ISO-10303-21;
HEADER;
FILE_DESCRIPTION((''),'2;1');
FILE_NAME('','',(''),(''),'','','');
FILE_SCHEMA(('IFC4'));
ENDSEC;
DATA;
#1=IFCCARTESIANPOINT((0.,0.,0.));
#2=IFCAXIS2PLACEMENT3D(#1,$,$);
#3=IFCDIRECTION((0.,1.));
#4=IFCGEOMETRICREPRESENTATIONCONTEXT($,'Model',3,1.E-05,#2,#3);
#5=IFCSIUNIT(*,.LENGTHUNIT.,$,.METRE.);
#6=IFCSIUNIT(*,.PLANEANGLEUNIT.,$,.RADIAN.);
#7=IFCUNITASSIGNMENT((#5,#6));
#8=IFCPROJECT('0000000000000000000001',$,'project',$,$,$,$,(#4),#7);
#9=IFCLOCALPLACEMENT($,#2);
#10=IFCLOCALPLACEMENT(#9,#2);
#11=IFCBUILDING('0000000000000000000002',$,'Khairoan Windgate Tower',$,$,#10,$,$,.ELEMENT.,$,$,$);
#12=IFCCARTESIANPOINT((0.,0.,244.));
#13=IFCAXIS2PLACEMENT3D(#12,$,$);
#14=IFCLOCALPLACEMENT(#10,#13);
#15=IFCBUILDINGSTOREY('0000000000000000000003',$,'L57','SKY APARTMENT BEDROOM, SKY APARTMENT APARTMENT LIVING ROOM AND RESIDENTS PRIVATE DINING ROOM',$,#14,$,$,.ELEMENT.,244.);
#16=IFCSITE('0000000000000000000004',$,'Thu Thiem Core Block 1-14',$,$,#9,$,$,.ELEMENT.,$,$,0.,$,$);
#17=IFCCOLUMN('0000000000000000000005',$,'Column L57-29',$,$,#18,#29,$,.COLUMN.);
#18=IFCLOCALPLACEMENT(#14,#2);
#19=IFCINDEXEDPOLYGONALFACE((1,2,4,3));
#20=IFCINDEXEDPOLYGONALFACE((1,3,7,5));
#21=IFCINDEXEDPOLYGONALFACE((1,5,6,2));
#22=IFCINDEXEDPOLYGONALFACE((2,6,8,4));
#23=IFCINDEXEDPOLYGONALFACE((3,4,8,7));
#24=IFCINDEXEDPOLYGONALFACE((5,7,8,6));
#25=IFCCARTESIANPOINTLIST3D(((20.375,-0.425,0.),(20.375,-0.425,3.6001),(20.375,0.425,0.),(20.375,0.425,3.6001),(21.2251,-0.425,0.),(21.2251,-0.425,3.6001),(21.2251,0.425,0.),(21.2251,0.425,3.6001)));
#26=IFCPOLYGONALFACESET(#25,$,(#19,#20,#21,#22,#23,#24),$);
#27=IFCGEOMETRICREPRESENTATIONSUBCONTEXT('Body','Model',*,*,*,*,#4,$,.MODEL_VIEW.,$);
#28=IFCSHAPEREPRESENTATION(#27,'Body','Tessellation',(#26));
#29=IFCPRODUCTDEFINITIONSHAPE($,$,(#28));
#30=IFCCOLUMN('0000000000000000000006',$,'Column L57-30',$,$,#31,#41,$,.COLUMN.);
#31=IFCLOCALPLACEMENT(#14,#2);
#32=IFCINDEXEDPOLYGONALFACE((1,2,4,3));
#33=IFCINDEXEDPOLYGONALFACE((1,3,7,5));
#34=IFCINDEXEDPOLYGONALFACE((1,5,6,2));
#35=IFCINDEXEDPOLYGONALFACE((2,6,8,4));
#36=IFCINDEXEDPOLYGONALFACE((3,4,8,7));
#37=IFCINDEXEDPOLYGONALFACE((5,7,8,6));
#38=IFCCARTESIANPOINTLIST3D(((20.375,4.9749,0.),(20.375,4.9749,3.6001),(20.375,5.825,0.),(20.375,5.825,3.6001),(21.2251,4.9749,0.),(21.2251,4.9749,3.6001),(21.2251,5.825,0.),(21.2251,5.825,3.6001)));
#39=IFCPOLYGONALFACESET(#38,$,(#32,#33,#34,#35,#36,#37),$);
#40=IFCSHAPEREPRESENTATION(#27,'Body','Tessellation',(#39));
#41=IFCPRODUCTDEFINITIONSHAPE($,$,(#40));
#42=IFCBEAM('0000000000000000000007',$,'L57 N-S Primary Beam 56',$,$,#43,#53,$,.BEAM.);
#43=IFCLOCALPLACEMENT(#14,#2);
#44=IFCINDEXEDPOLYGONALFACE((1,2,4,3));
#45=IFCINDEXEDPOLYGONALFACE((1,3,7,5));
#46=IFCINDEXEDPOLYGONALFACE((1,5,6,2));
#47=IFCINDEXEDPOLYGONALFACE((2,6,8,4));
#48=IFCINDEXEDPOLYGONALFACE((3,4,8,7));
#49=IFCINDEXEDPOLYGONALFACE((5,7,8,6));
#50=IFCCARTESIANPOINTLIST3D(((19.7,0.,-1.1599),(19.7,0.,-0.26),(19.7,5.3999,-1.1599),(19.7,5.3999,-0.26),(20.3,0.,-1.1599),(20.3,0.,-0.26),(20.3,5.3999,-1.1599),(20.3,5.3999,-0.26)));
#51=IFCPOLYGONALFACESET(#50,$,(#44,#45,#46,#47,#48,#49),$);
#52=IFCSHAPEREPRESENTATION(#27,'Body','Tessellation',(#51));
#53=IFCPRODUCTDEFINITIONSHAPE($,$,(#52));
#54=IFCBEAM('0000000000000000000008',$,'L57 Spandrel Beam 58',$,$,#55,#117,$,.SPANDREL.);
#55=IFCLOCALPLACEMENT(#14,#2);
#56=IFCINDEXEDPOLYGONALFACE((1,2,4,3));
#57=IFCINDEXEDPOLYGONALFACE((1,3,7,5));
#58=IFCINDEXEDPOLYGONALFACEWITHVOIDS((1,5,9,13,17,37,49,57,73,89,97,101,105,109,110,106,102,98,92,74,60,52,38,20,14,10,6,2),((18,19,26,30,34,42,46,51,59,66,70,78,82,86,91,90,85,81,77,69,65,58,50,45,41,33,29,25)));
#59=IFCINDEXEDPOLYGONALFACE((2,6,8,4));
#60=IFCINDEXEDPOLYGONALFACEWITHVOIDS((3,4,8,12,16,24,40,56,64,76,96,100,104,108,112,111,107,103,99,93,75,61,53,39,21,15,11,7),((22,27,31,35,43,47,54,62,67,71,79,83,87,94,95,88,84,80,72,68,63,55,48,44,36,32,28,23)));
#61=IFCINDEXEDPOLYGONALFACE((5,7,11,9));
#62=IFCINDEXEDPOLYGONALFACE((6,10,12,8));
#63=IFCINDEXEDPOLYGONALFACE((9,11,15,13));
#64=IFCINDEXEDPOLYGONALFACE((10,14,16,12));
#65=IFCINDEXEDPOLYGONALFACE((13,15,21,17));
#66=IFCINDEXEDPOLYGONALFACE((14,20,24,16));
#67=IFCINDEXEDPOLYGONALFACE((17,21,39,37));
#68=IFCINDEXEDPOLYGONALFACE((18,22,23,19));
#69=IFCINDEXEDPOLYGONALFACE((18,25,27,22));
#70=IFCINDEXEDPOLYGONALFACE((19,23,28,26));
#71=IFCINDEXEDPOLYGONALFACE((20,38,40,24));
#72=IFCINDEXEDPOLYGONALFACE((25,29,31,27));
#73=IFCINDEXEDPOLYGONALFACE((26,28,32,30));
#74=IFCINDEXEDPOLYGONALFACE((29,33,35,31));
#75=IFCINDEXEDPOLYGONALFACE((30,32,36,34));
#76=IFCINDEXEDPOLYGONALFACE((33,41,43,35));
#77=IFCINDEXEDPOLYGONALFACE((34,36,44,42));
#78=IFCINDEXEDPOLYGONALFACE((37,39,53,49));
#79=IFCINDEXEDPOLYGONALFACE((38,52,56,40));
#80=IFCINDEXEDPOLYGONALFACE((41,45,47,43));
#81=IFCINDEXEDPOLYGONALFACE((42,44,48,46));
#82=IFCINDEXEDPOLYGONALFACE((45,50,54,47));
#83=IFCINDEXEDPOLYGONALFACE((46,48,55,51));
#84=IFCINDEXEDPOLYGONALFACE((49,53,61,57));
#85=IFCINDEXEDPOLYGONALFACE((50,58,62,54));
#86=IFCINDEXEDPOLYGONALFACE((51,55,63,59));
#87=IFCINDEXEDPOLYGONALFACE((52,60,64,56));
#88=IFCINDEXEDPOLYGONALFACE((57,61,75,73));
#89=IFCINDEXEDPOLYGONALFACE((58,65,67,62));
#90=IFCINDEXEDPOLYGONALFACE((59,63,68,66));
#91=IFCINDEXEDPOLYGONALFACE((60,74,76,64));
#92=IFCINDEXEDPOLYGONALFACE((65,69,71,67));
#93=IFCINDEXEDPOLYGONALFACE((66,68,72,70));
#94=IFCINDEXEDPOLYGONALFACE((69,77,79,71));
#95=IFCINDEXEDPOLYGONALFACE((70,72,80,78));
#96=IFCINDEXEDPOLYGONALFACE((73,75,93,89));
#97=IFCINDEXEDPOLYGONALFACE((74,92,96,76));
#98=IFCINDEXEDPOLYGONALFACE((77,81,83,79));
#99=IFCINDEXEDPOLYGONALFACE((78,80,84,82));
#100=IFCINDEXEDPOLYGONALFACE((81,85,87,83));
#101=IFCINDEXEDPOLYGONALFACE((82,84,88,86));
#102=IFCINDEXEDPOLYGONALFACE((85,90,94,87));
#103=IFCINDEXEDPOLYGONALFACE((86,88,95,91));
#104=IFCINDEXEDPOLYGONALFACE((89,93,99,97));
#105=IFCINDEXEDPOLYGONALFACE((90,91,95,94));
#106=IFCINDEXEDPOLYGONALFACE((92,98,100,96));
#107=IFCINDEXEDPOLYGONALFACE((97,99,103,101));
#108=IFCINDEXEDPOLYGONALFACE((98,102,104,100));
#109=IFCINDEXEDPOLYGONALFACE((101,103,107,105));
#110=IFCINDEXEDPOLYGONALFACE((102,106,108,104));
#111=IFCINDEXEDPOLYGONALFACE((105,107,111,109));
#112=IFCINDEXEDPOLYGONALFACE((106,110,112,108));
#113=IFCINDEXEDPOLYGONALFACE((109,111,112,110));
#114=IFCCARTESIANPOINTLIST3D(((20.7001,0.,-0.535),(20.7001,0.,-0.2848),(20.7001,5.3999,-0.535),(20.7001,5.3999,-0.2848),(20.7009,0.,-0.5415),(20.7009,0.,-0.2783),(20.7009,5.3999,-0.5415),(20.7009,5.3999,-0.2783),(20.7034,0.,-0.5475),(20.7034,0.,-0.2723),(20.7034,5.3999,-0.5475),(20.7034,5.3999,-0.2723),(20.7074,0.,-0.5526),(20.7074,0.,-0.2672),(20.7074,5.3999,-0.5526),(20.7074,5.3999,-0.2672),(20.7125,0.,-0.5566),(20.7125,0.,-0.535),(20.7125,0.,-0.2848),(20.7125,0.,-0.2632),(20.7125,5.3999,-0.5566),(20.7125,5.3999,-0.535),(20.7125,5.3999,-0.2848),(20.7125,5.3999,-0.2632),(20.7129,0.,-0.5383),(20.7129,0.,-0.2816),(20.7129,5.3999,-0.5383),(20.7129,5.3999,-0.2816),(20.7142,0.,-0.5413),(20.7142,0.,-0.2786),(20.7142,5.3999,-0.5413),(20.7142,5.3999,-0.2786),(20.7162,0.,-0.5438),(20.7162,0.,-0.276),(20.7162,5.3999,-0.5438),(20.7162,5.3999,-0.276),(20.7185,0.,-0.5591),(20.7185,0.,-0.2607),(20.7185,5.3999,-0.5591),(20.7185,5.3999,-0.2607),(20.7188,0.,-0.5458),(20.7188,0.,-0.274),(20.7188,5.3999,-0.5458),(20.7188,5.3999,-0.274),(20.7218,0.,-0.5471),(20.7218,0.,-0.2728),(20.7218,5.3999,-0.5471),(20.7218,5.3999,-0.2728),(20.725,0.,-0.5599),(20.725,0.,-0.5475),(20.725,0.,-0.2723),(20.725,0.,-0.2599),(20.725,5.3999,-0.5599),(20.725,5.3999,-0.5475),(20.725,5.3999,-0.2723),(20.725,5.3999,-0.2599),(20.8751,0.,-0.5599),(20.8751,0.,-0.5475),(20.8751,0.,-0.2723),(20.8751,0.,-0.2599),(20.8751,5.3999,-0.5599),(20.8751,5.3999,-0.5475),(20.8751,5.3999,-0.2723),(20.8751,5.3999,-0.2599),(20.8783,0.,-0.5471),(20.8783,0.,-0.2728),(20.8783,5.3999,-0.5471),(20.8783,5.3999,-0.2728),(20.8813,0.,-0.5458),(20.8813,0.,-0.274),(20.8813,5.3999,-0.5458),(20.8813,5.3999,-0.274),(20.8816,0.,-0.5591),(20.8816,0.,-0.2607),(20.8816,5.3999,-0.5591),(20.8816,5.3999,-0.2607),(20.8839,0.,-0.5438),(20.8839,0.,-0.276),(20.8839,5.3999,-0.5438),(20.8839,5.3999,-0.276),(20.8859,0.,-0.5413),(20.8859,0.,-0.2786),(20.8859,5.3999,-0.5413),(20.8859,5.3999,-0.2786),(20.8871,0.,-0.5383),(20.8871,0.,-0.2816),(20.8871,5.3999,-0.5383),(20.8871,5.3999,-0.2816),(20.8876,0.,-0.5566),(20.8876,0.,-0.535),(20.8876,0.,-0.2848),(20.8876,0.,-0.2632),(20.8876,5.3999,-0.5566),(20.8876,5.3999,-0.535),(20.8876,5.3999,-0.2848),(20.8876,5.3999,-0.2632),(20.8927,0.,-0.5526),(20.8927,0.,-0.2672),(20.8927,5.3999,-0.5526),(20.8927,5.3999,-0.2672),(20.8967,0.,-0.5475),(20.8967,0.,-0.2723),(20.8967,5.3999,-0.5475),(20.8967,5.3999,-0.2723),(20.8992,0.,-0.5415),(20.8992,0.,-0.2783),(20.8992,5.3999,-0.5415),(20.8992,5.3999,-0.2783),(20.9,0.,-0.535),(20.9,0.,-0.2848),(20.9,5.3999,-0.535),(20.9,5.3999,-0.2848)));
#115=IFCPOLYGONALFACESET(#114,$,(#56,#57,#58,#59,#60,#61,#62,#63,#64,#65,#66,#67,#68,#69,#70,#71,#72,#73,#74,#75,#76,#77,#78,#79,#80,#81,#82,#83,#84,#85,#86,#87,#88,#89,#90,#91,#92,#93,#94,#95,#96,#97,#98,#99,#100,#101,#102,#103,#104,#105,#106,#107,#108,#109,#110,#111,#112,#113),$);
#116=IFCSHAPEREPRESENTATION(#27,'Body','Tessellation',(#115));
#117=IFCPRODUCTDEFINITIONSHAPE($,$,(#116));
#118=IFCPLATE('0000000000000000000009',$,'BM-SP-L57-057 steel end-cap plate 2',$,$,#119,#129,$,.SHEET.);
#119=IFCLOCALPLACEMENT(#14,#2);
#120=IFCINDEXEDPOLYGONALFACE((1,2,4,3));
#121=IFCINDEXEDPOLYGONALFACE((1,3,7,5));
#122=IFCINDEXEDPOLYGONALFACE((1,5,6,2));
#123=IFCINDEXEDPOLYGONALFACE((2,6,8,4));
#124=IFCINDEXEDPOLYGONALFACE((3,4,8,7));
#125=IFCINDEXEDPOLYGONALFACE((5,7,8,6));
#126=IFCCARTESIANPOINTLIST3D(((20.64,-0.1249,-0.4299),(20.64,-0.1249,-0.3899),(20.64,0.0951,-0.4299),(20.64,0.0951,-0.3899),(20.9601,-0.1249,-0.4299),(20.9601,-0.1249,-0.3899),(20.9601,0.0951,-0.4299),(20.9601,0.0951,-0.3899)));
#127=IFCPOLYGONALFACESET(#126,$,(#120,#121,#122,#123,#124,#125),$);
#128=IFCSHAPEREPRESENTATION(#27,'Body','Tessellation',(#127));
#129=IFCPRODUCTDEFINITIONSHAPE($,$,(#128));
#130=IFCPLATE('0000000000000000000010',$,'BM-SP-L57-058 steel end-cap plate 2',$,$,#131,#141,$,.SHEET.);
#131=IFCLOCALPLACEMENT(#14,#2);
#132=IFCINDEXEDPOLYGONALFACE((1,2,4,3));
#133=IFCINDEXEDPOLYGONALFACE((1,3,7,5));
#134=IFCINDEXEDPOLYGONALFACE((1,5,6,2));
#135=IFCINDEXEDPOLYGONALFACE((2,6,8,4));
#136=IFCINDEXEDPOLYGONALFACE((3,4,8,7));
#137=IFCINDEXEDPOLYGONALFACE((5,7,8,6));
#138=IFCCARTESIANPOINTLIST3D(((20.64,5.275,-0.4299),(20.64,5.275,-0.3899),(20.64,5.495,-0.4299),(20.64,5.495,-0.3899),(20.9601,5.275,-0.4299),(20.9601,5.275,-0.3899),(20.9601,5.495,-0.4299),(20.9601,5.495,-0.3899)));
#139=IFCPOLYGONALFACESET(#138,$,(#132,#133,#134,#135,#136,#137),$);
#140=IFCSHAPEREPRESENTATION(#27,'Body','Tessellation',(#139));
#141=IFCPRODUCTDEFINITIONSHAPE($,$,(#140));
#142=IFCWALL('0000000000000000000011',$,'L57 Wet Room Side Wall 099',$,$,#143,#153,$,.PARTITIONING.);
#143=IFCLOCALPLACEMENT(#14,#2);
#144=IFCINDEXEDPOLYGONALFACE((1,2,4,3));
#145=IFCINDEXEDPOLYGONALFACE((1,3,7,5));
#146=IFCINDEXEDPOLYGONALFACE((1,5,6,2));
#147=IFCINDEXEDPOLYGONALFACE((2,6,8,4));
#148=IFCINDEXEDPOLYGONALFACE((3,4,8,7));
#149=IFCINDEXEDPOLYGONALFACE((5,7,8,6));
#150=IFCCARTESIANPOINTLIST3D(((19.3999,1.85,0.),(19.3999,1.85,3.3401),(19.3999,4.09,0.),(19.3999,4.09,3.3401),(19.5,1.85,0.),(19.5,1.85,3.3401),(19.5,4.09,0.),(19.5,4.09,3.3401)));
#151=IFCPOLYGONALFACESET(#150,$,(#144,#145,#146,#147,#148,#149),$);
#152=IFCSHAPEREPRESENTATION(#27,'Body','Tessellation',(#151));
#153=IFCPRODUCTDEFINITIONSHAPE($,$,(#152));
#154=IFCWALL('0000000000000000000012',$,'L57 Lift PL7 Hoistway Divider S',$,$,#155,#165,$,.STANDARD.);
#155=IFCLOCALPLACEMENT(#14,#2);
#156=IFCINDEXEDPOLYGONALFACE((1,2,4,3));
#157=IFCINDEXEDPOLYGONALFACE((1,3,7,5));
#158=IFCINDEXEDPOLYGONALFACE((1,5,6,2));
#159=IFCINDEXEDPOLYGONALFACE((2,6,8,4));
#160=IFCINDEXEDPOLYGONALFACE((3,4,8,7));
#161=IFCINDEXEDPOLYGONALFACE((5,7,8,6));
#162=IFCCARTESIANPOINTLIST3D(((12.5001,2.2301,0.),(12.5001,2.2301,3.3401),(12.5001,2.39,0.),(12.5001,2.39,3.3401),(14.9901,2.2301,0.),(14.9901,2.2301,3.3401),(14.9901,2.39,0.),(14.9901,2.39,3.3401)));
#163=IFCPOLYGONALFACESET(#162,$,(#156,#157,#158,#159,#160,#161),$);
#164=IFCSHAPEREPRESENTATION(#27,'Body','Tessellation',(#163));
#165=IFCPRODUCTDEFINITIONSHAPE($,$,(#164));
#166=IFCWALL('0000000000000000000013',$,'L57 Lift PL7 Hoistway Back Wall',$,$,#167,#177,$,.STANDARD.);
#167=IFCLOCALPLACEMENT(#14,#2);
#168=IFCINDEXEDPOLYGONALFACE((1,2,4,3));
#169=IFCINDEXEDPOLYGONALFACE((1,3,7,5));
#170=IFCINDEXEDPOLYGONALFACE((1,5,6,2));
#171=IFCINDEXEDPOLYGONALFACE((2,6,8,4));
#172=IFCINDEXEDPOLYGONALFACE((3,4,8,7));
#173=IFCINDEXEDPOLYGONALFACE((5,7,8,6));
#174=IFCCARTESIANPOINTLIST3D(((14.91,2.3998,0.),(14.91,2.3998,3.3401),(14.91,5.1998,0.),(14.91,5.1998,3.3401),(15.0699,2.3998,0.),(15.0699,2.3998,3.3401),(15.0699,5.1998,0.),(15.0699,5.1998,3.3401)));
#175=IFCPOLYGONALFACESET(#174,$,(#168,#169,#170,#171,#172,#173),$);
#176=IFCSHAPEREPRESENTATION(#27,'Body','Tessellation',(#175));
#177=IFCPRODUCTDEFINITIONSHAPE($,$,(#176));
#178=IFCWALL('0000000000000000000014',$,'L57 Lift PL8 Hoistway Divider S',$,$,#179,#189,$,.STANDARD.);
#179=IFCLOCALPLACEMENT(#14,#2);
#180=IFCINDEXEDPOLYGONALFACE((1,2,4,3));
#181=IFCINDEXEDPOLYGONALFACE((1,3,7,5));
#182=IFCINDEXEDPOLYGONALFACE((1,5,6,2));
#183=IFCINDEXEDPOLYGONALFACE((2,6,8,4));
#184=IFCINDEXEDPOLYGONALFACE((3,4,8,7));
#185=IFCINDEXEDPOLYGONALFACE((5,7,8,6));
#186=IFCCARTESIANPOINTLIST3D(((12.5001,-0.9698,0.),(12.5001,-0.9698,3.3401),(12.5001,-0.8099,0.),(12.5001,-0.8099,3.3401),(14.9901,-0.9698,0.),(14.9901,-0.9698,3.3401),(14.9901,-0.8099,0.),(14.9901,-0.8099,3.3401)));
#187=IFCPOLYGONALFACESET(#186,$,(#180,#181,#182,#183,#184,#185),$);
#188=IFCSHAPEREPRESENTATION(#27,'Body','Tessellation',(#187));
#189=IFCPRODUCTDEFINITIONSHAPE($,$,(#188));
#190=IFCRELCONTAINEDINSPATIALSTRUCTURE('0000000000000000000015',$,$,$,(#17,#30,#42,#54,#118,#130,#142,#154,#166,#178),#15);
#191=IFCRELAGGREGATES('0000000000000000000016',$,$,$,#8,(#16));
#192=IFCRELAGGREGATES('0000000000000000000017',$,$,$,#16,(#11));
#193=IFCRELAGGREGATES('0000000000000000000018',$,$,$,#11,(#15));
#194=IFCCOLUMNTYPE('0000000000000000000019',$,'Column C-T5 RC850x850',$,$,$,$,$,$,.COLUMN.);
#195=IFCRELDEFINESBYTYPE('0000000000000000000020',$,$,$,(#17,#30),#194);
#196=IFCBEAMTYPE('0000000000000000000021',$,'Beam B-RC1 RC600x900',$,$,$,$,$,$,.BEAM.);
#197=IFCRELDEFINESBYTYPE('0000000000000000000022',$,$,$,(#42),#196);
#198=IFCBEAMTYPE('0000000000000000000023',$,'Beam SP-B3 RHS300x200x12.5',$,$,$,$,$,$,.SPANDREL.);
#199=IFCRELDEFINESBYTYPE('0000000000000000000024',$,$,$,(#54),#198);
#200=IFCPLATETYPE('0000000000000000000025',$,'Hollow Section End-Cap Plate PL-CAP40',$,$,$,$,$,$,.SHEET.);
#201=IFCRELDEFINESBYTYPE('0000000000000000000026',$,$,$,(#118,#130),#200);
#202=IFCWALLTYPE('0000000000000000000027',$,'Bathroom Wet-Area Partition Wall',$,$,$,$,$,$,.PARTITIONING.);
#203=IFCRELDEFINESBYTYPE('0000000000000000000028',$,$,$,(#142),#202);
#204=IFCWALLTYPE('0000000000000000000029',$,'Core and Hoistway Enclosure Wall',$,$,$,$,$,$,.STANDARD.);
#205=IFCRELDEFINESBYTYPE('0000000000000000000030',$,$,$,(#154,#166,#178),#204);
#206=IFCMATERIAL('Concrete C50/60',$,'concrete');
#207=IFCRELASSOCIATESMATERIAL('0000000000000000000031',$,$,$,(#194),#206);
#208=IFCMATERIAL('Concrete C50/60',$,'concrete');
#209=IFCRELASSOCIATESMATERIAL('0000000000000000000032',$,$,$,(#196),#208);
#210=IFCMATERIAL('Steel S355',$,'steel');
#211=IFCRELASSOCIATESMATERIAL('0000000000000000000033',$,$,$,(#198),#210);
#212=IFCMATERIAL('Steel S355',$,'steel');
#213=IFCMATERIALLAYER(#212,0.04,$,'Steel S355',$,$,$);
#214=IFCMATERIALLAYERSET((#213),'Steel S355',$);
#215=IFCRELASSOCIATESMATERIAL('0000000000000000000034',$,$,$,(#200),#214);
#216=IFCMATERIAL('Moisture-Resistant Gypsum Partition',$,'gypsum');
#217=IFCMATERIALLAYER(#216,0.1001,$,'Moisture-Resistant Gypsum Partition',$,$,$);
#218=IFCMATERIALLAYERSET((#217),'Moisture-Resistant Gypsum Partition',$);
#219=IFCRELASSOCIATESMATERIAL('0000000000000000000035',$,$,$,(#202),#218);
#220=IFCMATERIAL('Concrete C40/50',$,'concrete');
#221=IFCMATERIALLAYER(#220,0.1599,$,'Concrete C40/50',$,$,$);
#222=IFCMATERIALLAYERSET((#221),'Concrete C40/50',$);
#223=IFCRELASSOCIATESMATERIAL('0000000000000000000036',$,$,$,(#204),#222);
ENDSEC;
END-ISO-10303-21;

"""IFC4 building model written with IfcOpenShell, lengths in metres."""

from ifc_helpers import new_model, si_unit, direction, frame, frame_2d, origin, origin_2d, place, context, subcontext, project, spatial, rectangle, hollow_rectangle, extrude, material, layer, layer_set, material_profile, profile_set, type_object, element, save


model = new_model("IFC4")

# Units and contexts
model_context = context("Model", 3, precision=1e-05, world=origin(), true_north=direction((0.0, 1.0)))
body_context = subcontext(model_context, "Body", "Model", "MODEL_VIEW")
ifc_project = project(units=[si_unit("LENGTHUNIT", "METRE"), si_unit("PLANEANGLEUNIT", "RADIAN")], contexts=[model_context])

# Site, building, storey
site_placement = place(None, origin())
site = spatial("IfcSite", under=ifc_project, at=site_placement, Name="Thu Thiem Core Block 1-14", CompositionType="ELEMENT", RefElevation=0.0)
building_placement = place(site_placement, origin())
building = spatial("IfcBuilding", under=site, at=building_placement, Name="Khairoan Windgate Tower", CompositionType="ELEMENT")
storey_placement = place(building_placement, frame((0.0, 0.0, 244.0)))
storey = spatial("IfcBuildingStorey", under=building, at=storey_placement, Name="L57", Description="SKY APARTMENT BEDROOM, SKY APARTMENT APARTMENT LIVING ROOM AND RESIDENTS PRIVATE DINING ROOM", CompositionType="ELEMENT", Elevation=244.0)

# Columns
ifc_material_1 = material(Name="Concrete C50/60", Category="concrete")
ifc_material_profile_1 = material_profile(ifc_material_1, rectangle(XDim=0.8501, YDim=0.8501, at=origin_2d()))
ifc_profile_set_1 = profile_set([ifc_material_profile_1], Name="Concrete C50/60")
column_type = type_object("IfcColumnType", Name="Column C-T5 RC850x850", PredefinedType="COLUMN", material=ifc_profile_set_1)
for number, where, z_axis, x_axis, name in (
    (1, (20.8, 0.0, 0.0), (0.0, 0.0, 1.0), (1.0, 0.0, 0.0), "Column L57-29"),
    (2, (20.8, 5.3999, 0.0), (0.0, 0.0, 1.0), (1.0, 0.0, 0.0), "Column L57-30"),
):
    element("IfcColumn", number, at=place(storey_placement, frame(where, z_axis=z_axis, x_axis=x_axis)), inside=storey, type_object=column_type, Name=name, PredefinedType="COLUMN", context=body_context, shape_type="SweptSolid", body=[
        extrude(rectangle(XDim=0.8501, YDim=0.8501, at=origin_2d()), origin(), (0.0, 0.0, 1.0), 3.6001),
    ])

# Beams
ifc_material_2 = material(Name="Concrete C50/60", Category="concrete")
ifc_material_profile_2 = material_profile(ifc_material_2, rectangle(XDim=0.6001, YDim=0.8999, at=origin_2d()))
ifc_profile_set_2 = profile_set([ifc_material_profile_2], Name="Concrete C50/60")
beam_type_1 = type_object("IfcBeamType", Name="Beam B-RC1 RC600x900", PredefinedType="BEAM", material=ifc_profile_set_2)
beam_1_placement = place(storey_placement, frame((20.0, 0.0, -0.71), z_axis=(0.0, 1.0, 0.0), x_axis=(-1.0, 0.0, 0.0)))
element("IfcBeam", 3, at=beam_1_placement, inside=storey, type_object=beam_type_1, Name="L57 N-S Primary Beam 56", PredefinedType="BEAM", context=body_context, shape_type="SweptSolid", body=[
    extrude(rectangle(XDim=0.6001, YDim=0.8999, at=origin_2d()), origin(), (0.0, 0.0, 1.0), 5.3999),
])
ifc_material_3 = material(Name="Steel S355", Category="steel")
ifc_material_profile_3 = material_profile(ifc_material_3, hollow_rectangle(XDim=0.2, YDim=0.3, WallThickness=0.0125, InnerFilletRadius=0.0125, OuterFilletRadius=0.0249, at=origin_2d()))
ifc_profile_set_3 = profile_set([ifc_material_profile_3], Name="Steel S355")
beam_type_2 = type_object("IfcBeamType", Name="Beam SP-B3 RHS300x200x12.5", PredefinedType="SPANDREL", material=ifc_profile_set_3)
beam_2_placement = place(storey_placement, frame((20.8, 0.0, -0.4099), z_axis=(0.0, 1.0, 0.0), x_axis=(-1.0, 0.0, 0.0)))
element("IfcBeam", 4, at=beam_2_placement, inside=storey, type_object=beam_type_2, Name="L57 Spandrel Beam 58", PredefinedType="SPANDREL", context=body_context, shape_type="SweptSolid", body=[
    extrude(hollow_rectangle(XDim=0.2, YDim=0.3, WallThickness=0.0125, InnerFilletRadius=0.0125, OuterFilletRadius=0.0249, at=origin_2d()), origin(), (0.0, 0.0, 1.0), 5.3999),
])

# Plates
ifc_material_4 = material(Name="Steel S355", Category="steel")
ifc_layer_1 = layer(ifc_material_4, 0.04, Name="Steel S355")
ifc_layer_set_1 = layer_set([ifc_layer_1], Name="Steel S355")
plate_type = type_object("IfcPlateType", Name="Hollow Section End-Cap Plate PL-CAP40", PredefinedType="SHEET", material=ifc_layer_set_1)
for number, where, z_axis, x_axis, name in (
    (5, (20.8, -0.0149, -0.4299), (0.0, 0.0, 1.0), (0.0, 1.0, 0.0), "BM-SP-L57-057 steel end-cap plate 2"),
    (6, (20.8, 5.385, -0.4299), (0.0, 0.0, 1.0), (0.0, 1.0, 0.0), "BM-SP-L57-058 steel end-cap plate 2"),
):
    element("IfcPlate", number, at=place(storey_placement, frame(where, z_axis=z_axis, x_axis=x_axis)), inside=storey, type_object=plate_type, Name=name, PredefinedType="SHEET", context=body_context, shape_type="SweptSolid", body=[
        extrude(rectangle(XDim=0.22, YDim=0.3201, at=origin_2d()), origin(), (0.0, 0.0, 1.0), 0.04),
    ])

# Walls
ifc_material_5 = material(Name="Moisture-Resistant Gypsum Partition", Category="gypsum")
ifc_layer_2 = layer(ifc_material_5, 0.1001, Name="Moisture-Resistant Gypsum Partition")
ifc_layer_set_2 = layer_set([ifc_layer_2], Name="Moisture-Resistant Gypsum Partition")
wall_type_1 = type_object("IfcWallType", Name="Bathroom Wet-Area Partition Wall", PredefinedType="PARTITIONING", material=ifc_layer_set_2)
wall_1_placement = place(storey_placement, frame((19.45, 4.0901, 0.0), z_axis=(0.0, 0.0, 1.0), x_axis=(0.0, -1.0, 0.0)))
element("IfcWall", 7, at=wall_1_placement, inside=storey, type_object=wall_type_1, Name="L57 Wet Room Side Wall 099", PredefinedType="PARTITIONING", context=body_context, shape_type="SweptSolid", body=[
    extrude(rectangle(XDim=2.24, YDim=0.1001, at=frame_2d((1.1201, 0.0))), origin(), (0.0, 0.0, 1.0), 3.3401),
])
ifc_material_6 = material(Name="Concrete C40/50", Category="concrete")
ifc_layer_3 = layer(ifc_material_6, 0.1599, Name="Concrete C40/50")
ifc_layer_set_3 = layer_set([ifc_layer_3], Name="Concrete C40/50")
wall_type_2 = type_object("IfcWallType", Name="Core and Hoistway Enclosure Wall", PredefinedType="STANDARD", material=ifc_layer_set_3)
wall_2_placement = place(storey_placement, frame((12.5, 2.3101, 0.0), z_axis=(0.0, 0.0, 1.0), x_axis=(1.0, 0.0, 0.0)))
element("IfcWall", 8, at=wall_2_placement, inside=storey, type_object=wall_type_2, Name="L57 Lift PL7 Hoistway Divider S", PredefinedType="STANDARD", context=body_context, shape_type="SweptSolid", body=[
    extrude(rectangle(XDim=2.49, YDim=0.1599, at=frame_2d((1.2451, 0.0))), origin(), (0.0, 0.0, 1.0), 3.3401),
])
wall_3_placement = place(storey_placement, frame((14.99, 2.3999, 0.0), z_axis=(0.0, 0.0, 1.0), x_axis=(0.0, 1.0, 0.0)))
element("IfcWall", 9, at=wall_3_placement, inside=storey, type_object=wall_type_2, Name="L57 Lift PL7 Hoistway Back Wall", PredefinedType="STANDARD", context=body_context, shape_type="SweptSolid", body=[
    extrude(rectangle(XDim=2.8, YDim=0.1599, at=frame_2d((1.3999, 0.0))), origin(), (0.0, 0.0, 1.0), 3.3401),
])
for number, where, z_axis, x_axis, name in (
    (10, (12.5, -0.8899, 0.0), (0.0, 0.0, 1.0), (1.0, 0.0, 0.0), "L57 Lift PL8 Hoistway Divider S"),
):
    element("IfcWall", number, at=place(storey_placement, frame(where, z_axis=z_axis, x_axis=x_axis)), inside=storey, type_object=wall_type_2, Name=name, PredefinedType="STANDARD", context=body_context, shape_type="SweptSolid", body=[
        extrude(rectangle(XDim=2.49, YDim=0.1599, at=frame_2d((1.2451, 0.0))), origin(), (0.0, 0.0, 1.0), 3.3401),
    ])

save(model, "model.ifc")
